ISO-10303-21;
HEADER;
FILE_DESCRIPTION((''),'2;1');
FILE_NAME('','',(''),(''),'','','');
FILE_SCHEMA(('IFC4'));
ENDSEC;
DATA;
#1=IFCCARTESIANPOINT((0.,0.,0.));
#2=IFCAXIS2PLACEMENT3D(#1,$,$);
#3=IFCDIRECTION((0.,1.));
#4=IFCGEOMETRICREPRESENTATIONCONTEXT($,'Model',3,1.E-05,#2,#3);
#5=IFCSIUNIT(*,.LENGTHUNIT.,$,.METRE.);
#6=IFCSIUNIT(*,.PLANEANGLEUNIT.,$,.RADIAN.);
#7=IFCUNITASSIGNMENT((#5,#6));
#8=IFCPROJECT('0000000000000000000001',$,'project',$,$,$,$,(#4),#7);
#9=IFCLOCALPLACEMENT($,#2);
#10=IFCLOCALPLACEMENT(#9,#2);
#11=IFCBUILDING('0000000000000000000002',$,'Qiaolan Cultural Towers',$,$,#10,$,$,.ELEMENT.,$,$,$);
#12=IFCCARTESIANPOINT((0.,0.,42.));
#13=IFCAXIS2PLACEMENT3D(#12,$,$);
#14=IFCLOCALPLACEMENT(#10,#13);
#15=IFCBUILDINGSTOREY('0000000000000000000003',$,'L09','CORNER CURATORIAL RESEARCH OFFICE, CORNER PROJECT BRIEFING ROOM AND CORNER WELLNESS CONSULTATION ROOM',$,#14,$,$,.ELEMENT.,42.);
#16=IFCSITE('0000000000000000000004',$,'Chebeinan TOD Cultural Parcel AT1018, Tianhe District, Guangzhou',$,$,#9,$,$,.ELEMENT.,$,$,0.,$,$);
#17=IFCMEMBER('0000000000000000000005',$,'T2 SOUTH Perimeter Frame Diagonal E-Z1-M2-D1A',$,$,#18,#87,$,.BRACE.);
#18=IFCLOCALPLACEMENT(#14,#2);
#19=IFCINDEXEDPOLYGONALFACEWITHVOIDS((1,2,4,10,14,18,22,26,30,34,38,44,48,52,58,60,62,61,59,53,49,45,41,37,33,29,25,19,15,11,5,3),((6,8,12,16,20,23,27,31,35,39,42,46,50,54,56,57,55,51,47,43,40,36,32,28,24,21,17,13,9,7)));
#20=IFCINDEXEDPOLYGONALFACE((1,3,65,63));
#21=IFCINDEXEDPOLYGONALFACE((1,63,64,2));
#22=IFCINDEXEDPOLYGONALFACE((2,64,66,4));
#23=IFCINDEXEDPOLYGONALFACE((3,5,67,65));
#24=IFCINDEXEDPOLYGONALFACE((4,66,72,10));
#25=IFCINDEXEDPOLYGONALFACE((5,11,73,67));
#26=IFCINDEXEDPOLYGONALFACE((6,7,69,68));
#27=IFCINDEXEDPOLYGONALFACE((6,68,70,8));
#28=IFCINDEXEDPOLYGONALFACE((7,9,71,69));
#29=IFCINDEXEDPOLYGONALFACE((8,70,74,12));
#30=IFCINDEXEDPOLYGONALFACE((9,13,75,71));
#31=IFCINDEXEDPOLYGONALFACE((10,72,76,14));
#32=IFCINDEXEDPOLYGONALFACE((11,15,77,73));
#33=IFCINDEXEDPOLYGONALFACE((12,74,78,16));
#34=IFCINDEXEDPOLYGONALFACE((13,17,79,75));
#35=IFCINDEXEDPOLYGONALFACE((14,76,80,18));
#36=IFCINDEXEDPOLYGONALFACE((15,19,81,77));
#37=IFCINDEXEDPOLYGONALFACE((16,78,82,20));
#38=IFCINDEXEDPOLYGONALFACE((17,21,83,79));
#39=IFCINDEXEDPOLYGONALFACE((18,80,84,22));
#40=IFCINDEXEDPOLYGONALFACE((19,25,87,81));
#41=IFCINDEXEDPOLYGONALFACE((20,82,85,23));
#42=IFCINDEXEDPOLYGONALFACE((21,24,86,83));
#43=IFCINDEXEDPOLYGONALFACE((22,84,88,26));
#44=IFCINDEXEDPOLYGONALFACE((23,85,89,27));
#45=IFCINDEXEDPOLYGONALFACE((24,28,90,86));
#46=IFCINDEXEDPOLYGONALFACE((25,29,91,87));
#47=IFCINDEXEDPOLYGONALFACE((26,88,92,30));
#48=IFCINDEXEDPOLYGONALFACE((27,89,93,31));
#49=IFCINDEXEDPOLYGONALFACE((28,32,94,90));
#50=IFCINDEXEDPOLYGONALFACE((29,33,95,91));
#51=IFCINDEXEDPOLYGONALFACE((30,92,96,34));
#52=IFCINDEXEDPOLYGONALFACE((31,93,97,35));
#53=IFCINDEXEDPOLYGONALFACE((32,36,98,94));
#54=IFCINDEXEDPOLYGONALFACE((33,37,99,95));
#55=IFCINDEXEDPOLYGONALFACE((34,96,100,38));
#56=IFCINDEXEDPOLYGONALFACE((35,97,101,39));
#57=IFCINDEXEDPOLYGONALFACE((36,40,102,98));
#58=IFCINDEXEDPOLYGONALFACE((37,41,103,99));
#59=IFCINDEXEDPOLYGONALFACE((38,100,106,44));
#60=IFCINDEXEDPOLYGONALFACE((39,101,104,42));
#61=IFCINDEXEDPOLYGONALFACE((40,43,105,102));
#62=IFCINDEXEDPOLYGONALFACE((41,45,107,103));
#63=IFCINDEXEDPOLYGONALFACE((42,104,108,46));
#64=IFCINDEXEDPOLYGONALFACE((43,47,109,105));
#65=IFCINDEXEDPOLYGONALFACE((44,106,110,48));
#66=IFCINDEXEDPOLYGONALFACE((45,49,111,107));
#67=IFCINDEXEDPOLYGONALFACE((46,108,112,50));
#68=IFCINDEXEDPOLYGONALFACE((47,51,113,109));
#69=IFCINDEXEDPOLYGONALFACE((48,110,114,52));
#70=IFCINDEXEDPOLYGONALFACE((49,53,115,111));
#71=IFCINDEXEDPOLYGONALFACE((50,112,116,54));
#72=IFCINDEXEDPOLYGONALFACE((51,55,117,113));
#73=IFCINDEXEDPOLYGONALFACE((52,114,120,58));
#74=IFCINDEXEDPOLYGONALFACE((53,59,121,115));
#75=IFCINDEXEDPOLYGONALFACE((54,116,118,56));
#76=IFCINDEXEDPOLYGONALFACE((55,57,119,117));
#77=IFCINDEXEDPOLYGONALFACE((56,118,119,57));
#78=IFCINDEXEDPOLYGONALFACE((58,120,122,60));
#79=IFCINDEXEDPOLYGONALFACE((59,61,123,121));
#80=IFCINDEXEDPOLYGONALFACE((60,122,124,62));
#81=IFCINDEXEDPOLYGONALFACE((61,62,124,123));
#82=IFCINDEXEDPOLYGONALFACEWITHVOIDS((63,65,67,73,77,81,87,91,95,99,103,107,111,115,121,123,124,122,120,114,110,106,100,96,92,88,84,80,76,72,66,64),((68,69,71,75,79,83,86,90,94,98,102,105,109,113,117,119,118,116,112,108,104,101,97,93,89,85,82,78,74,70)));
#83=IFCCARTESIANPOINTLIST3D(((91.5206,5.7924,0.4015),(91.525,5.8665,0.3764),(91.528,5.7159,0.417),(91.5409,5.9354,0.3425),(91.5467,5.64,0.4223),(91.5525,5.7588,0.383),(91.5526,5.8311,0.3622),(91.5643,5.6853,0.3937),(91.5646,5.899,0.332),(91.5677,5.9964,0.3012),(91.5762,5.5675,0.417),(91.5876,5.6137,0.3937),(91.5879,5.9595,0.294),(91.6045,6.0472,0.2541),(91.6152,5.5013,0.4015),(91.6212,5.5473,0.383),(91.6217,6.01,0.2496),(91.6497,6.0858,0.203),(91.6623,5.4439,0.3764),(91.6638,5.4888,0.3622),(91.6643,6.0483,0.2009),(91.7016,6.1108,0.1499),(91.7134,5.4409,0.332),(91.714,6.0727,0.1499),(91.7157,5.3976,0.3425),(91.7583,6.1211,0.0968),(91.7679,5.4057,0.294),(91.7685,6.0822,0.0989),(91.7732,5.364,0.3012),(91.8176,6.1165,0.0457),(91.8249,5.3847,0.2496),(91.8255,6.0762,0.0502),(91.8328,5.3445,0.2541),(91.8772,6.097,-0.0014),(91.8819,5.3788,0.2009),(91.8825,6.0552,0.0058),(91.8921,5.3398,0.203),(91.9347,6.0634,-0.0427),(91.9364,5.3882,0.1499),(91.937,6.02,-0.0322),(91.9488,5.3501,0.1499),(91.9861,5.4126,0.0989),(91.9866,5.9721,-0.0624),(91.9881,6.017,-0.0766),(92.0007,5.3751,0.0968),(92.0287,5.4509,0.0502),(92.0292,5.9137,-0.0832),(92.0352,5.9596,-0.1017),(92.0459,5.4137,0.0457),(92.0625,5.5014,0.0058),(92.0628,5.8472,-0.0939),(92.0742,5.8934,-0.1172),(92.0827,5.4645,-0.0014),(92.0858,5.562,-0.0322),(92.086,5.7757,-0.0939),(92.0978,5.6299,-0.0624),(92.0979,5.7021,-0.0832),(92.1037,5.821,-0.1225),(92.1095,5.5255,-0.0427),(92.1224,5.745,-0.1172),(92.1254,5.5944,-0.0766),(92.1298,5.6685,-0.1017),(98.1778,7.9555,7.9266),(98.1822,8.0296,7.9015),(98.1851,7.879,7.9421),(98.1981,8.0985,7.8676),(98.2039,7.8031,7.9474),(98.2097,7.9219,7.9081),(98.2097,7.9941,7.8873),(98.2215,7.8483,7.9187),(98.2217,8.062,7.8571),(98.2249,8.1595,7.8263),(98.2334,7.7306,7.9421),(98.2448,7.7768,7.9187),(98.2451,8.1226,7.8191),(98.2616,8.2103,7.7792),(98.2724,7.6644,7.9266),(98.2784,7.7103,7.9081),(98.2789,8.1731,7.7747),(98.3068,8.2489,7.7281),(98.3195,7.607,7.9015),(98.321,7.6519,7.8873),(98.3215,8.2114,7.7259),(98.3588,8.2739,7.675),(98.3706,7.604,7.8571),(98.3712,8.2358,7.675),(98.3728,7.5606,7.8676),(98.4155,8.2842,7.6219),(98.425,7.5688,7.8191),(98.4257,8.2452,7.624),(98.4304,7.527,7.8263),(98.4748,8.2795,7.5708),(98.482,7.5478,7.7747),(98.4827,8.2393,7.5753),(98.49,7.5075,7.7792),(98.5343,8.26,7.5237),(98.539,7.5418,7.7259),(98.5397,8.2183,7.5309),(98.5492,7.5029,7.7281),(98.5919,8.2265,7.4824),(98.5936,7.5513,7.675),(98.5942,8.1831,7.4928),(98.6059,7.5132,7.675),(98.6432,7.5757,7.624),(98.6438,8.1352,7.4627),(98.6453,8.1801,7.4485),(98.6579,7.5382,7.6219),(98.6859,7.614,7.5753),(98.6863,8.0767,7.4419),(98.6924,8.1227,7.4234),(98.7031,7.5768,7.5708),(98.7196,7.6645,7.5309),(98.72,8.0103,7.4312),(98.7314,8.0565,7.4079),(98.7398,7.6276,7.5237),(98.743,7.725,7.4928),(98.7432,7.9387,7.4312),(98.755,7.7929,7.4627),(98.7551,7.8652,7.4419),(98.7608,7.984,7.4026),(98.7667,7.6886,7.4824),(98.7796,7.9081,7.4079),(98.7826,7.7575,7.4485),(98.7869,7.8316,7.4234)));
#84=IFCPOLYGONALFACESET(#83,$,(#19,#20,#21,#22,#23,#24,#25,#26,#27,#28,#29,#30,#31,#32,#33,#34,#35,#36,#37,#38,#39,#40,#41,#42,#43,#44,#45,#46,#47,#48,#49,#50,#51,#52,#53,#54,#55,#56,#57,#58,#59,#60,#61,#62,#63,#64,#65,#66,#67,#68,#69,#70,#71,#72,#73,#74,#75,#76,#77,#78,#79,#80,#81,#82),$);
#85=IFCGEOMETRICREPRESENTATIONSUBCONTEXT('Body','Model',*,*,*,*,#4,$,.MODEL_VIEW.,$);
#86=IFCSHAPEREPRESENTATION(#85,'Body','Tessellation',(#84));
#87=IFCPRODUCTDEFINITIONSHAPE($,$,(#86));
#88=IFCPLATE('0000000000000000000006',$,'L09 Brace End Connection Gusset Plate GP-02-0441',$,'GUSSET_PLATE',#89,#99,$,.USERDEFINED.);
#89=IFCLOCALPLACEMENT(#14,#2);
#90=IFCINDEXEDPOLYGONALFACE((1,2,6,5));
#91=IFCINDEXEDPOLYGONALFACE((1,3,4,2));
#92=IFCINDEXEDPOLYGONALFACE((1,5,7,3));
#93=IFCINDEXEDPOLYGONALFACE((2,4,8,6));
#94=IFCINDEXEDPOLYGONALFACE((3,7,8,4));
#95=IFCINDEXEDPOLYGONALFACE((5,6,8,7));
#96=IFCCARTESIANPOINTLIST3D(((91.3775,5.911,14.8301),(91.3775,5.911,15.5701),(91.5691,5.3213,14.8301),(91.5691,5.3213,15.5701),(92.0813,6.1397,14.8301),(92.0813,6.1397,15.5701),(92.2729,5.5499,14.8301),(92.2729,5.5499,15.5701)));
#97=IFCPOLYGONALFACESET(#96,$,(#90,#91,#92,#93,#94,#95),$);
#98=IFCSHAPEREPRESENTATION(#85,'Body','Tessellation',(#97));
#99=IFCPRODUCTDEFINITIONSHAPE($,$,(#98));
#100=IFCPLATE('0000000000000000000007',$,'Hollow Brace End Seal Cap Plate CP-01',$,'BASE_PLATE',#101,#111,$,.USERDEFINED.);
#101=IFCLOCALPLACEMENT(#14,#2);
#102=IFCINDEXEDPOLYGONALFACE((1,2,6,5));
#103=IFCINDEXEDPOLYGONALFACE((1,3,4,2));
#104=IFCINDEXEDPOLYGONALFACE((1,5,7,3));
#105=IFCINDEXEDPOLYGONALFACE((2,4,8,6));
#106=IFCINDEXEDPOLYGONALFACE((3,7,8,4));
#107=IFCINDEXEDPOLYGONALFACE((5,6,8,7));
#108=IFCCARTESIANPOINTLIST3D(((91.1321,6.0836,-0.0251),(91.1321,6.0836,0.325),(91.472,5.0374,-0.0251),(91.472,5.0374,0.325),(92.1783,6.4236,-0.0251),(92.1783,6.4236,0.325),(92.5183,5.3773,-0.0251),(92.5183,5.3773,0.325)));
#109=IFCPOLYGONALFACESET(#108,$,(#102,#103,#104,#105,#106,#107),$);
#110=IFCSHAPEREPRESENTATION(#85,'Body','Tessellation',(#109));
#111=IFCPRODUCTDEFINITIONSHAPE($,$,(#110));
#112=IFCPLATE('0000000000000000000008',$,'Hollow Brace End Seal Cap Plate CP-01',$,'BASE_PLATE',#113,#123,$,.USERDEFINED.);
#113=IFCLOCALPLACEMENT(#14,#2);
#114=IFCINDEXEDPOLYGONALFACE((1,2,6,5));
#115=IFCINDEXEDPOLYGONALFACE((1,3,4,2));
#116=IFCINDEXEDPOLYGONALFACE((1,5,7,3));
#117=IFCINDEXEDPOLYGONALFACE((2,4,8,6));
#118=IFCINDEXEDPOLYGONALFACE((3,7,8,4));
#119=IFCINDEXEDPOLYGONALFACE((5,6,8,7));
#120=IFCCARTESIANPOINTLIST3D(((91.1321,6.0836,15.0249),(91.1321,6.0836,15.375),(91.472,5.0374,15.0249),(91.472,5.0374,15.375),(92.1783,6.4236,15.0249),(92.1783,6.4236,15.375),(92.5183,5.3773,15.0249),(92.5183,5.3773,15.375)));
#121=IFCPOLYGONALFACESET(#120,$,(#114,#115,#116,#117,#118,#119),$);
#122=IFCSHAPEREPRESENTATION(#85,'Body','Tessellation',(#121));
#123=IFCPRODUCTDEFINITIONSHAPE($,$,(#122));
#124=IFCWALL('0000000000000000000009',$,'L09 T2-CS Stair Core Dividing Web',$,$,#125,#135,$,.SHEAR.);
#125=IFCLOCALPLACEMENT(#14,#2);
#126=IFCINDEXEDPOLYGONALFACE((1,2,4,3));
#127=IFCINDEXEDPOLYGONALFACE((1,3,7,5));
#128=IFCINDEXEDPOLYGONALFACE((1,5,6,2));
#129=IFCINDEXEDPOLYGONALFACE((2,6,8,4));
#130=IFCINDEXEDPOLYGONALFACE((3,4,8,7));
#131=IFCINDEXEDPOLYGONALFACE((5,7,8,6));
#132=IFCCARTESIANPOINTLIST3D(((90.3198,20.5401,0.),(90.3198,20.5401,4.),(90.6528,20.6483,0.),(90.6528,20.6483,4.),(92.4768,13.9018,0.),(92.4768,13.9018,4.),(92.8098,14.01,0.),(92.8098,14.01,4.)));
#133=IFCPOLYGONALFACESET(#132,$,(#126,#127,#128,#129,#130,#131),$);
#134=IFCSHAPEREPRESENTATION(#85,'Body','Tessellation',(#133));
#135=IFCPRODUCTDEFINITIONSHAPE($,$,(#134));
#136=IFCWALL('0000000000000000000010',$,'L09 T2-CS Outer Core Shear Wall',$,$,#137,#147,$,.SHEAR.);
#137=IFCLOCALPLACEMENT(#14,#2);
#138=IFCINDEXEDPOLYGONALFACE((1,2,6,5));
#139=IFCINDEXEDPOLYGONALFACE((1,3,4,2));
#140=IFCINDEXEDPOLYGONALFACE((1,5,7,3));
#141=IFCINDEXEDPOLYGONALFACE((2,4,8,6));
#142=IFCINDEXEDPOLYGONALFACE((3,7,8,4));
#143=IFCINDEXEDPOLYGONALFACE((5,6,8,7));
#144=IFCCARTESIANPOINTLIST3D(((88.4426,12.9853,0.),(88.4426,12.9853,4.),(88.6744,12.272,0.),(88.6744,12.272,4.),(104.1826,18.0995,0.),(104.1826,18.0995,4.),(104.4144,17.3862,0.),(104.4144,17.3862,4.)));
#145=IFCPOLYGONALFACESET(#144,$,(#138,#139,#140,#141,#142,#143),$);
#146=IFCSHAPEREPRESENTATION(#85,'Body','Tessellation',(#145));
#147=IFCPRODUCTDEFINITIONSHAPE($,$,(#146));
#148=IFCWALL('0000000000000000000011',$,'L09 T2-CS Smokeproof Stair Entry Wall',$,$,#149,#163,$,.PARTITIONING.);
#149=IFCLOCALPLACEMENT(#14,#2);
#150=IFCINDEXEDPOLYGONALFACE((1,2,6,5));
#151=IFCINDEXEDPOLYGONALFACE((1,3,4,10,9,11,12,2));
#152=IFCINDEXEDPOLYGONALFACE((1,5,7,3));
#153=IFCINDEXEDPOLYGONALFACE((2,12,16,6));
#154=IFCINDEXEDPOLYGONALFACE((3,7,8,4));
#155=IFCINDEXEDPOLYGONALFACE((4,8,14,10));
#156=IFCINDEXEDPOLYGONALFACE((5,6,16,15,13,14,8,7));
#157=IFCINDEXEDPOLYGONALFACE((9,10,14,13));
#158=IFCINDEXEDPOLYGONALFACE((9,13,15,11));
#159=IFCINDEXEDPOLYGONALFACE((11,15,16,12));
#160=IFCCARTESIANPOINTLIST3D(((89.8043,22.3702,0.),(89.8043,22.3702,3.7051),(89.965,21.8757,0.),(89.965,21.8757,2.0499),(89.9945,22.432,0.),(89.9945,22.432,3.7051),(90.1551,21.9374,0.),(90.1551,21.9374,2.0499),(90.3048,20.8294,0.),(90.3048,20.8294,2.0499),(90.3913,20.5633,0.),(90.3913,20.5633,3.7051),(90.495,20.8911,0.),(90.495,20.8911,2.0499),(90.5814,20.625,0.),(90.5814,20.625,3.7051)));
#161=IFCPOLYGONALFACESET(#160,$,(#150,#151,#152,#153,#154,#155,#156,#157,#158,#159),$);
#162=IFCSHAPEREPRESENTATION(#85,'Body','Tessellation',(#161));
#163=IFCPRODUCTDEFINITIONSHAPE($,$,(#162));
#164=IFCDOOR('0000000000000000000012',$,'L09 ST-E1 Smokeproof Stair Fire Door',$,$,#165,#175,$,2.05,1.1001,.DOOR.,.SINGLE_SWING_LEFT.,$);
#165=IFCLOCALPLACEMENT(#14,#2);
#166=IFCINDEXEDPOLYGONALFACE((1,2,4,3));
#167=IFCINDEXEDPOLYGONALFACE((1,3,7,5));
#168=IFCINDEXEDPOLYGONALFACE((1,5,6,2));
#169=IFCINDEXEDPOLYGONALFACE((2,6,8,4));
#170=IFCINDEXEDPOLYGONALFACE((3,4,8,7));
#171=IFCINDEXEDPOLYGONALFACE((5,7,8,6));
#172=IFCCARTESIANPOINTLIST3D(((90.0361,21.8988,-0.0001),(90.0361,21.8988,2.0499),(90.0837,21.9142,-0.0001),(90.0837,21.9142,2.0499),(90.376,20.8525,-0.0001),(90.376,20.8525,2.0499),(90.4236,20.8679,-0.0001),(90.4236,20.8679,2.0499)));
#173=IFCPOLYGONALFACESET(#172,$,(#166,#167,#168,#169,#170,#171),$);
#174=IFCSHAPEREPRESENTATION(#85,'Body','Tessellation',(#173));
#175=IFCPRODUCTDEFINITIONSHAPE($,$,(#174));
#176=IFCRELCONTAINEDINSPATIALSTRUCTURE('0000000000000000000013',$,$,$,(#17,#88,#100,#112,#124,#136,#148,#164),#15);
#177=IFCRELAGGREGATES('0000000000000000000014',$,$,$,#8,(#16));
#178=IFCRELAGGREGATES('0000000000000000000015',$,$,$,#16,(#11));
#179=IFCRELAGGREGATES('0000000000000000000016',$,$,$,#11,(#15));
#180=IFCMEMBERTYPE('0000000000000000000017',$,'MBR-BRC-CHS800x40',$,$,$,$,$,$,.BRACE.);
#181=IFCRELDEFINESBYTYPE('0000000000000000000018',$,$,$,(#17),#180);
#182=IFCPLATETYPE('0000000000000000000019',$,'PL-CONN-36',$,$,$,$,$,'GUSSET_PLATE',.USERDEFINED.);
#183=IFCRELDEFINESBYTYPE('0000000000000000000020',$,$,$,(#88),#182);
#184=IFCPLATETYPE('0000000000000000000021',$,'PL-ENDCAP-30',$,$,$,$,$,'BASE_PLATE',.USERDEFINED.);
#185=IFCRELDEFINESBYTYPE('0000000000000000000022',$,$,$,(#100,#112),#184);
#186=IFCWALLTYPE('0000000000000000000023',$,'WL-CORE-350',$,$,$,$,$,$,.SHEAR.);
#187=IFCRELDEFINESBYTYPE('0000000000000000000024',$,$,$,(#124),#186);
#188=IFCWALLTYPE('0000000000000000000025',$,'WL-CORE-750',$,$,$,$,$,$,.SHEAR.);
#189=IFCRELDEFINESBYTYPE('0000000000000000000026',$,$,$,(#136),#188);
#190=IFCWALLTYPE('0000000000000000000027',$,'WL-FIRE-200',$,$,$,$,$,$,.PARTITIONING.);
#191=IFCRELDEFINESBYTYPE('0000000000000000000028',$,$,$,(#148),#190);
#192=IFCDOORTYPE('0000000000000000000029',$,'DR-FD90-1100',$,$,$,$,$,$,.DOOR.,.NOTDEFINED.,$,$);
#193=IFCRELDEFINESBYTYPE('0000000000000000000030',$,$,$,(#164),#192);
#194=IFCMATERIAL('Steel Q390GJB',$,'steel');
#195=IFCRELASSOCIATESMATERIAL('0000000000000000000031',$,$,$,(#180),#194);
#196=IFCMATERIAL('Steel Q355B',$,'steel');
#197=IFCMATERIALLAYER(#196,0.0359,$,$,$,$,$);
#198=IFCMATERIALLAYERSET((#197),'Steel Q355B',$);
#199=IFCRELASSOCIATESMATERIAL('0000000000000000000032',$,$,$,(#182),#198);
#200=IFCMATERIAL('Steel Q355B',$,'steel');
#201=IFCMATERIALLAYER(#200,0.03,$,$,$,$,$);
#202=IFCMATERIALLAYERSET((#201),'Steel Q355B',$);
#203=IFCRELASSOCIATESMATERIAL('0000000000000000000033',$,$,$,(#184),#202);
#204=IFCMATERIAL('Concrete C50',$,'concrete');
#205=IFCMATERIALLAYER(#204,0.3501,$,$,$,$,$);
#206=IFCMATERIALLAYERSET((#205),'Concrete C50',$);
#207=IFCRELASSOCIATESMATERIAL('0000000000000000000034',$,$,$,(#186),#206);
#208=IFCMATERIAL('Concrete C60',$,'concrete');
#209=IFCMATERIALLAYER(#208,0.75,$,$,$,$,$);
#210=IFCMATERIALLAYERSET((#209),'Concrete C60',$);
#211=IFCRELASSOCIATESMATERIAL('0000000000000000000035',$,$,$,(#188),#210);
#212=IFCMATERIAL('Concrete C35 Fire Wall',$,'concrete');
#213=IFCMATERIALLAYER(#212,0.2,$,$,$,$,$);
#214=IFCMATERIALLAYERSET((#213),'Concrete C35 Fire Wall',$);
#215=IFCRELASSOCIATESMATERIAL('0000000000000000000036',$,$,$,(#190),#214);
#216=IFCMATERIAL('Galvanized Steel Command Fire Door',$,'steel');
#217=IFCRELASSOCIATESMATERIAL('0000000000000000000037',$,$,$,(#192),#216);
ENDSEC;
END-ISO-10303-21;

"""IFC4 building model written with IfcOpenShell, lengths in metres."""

from ifc_helpers import new_model, si_unit, direction, frame, frame_2d, origin, origin_2d, place, context, subcontext, project, spatial, rectangle, hollow_circle, extrude, material, layer, layer_set, material_profile, profile_set, type_object, element, fill, save


model = new_model("IFC4")

# Units and contexts
model_context = context("Model", 3, precision=1e-05, world=origin(), true_north=direction((0.0, 1.0)))
body_context = subcontext(model_context, "Body", "Model", "MODEL_VIEW")
ifc_project = project(units=[si_unit("LENGTHUNIT", "METRE"), si_unit("PLANEANGLEUNIT", "RADIAN")], contexts=[model_context])

# Site, building, storey
site_placement = place(None, origin())
site = spatial("IfcSite", under=ifc_project, at=site_placement, Name="Chebeinan TOD Cultural Parcel AT1018, Tianhe District, Guangzhou", CompositionType="ELEMENT", RefElevation=0.0)
building_placement = place(site_placement, origin())
building = spatial("IfcBuilding", under=site, at=building_placement, Name="Qiaolan Cultural Towers", CompositionType="ELEMENT")
storey_placement = place(building_placement, frame((0.0, 0.0, 42.0)))
storey = spatial("IfcBuildingStorey", under=building, at=storey_placement, Name="L09", Description="CORNER CURATORIAL RESEARCH OFFICE, CORNER PROJECT BRIEFING ROOM AND CORNER WELLNESS CONSULTATION ROOM", CompositionType="ELEMENT", Elevation=42.0)

# Member
ifc_material_1 = material(Name="Steel Q390GJB", Category="steel")
ifc_material_profile_1 = material_profile(ifc_material_1, hollow_circle(Radius=0.3999, WallThickness=0.04, at=origin_2d()), Name="CHS800x40")
ifc_profile_set_1 = profile_set([ifc_material_profile_1], Name="Steel Q390GJB")
member_type = type_object("IfcMemberType", Name="MBR-BRC-CHS800x40", PredefinedType="BRACE", material=ifc_profile_set_1)
member_placement = place(storey_placement, frame((91.8252, 5.7305, 0.1499), z_axis=(0.647752, 0.21047, 0.732202), x_axis=(-0.30902, 0.951056, 0.0)))
element("IfcMember", 1, at=member_placement, inside=storey, type_object=member_type, Name="T2 SOUTH Perimeter Frame Diagonal E-Z1-M2-D1A", PredefinedType="BRACE", context=body_context, shape_type="SweptSolid", body=[
    extrude(hollow_circle(Radius=0.3999, WallThickness=0.04, at=origin_2d()), origin(), (0.0, 0.0, 1.0), 10.2773),
])

# Plates
ifc_material_2 = material(Name="Steel Q355B", Category="steel")
ifc_layer_1 = layer(ifc_material_2, 0.0359)
ifc_layer_set_1 = layer_set([ifc_layer_1], Name="Steel Q355B")
plate_type_1 = type_object("IfcPlateType", Name="PL-CONN-36", ElementType="GUSSET_PLATE", PredefinedType="USERDEFINED", material=ifc_layer_set_1)
plate_placement = place(storey_placement, frame((91.8252, 5.7305, 14.8301), z_axis=(0.0, 0.0, 1.0), x_axis=(0.951057, 0.309017, 0.0)))
element("IfcPlate", 2, at=plate_placement, inside=storey, type_object=plate_type_1, Name="L09 Brace End Connection Gusset Plate GP-02-0441", ObjectType="GUSSET_PLATE", PredefinedType="USERDEFINED", context=body_context, shape_type="SweptSolid", body=[
    extrude(rectangle(XDim=0.74, YDim=0.6201, at=origin_2d()), origin(), (0.0, 0.0, 1.0), 0.74),
])
ifc_material_3 = material(Name="Steel Q355B", Category="steel")
ifc_layer_2 = layer(ifc_material_3, 0.03)
ifc_layer_set_2 = layer_set([ifc_layer_2], Name="Steel Q355B")
plate_type_2 = type_object("IfcPlateType", Name="PL-ENDCAP-30", ElementType="BASE_PLATE", PredefinedType="USERDEFINED", material=ifc_layer_set_2)
for number, where, z_axis, x_axis, name in (
    (3, (91.8252, 5.7305, -0.0251), (0.0, 0.0, 1.0), (0.951057, 0.309017, 0.0), "Hollow Brace End Seal Cap Plate CP-01"),
    (4, (91.8252, 5.7305, 15.0249), (0.0, 0.0, 1.0), (0.951057, 0.309017, 0.0), "Hollow Brace End Seal Cap Plate CP-01"),
):
    element("IfcPlate", number, at=place(storey_placement, frame(where, z_axis=z_axis, x_axis=x_axis)), inside=storey, type_object=plate_type_2, Name=name, ObjectType="BASE_PLATE", PredefinedType="USERDEFINED", context=body_context, shape_type="SweptSolid", body=[
        extrude(rectangle(XDim=1.1001, YDim=1.1001, at=origin_2d()), origin(), (0.0, 0.0, 1.0), 0.3501),
    ])

# Walls
ifc_material_4 = material(Name="Concrete C50", Category="concrete")
ifc_layer_3 = layer(ifc_material_4, 0.3501)
ifc_layer_set_3 = layer_set([ifc_layer_3], Name="Concrete C50")
wall_type_1 = type_object("IfcWallType", Name="WL-CORE-350", PredefinedType="SHEAR", material=ifc_layer_set_3)
wall_1_placement = place(storey_placement, frame((90.4863, 20.5942, 0.0), z_axis=(0.0, 0.0, 1.0), x_axis=(0.30902, -0.951055, 0.0)))
element("IfcWall", 5, at=wall_1_placement, inside=storey, type_object=wall_type_1, Name="L09 T2-CS Stair Core Dividing Web", PredefinedType="SHEAR", context=body_context, shape_type="SweptSolid", body=[
    extrude(rectangle(XDim=6.98, YDim=0.3501, at=frame_2d((3.49, 0.0))), origin(), (0.0, 0.0, 1.0), 4.0),
])
ifc_material_5 = material(Name="Concrete C60", Category="concrete")
ifc_layer_4 = layer(ifc_material_5, 0.75)
ifc_layer_set_4 = layer_set([ifc_layer_4], Name="Concrete C60")
wall_type_2 = type_object("IfcWallType", Name="WL-CORE-750", PredefinedType="SHEAR", material=ifc_layer_set_4)
wall_2_placement = place(storey_placement, frame((88.5586, 12.6287, 0.0), z_axis=(0.0, 0.0, 1.0), x_axis=(0.951056, 0.309018, 0.0)))
element("IfcWall", 6, at=wall_2_placement, inside=storey, type_object=wall_type_2, Name="L09 T2-CS Outer Core Shear Wall", PredefinedType="SHEAR", context=body_context, shape_type="SweptSolid", body=[
    extrude(rectangle(XDim=16.55, YDim=0.75, at=frame_2d((8.2749, 0.0))), origin(), (0.0, 0.0, 1.0), 4.0),
])

# Wall, opening, door
ifc_material_6 = material(Name="Concrete C35 Fire Wall", Category="concrete")
ifc_layer_5 = layer(ifc_material_6, 0.2)
ifc_layer_set_5 = layer_set([ifc_layer_5], Name="Concrete C35 Fire Wall")
wall_type_3 = type_object("IfcWallType", Name="WL-FIRE-200", PredefinedType="PARTITIONING", material=ifc_layer_set_5)
wall_3_placement = place(storey_placement, frame((89.8994, 22.4011, 0.0), z_axis=(0.0, 0.0, 1.0), x_axis=(0.308932, -0.951084, 0.0)))
wall_3 = element("IfcWall", 7, at=wall_3_placement, inside=storey, type_object=wall_type_3, Name="L09 T2-CS Smokeproof Stair Entry Wall", PredefinedType="PARTITIONING", context=body_context, shape_type="SweptSolid", body=[
    extrude(rectangle(XDim=1.8999, YDim=0.2, at=frame_2d((0.95, 0.0))), origin(), (0.0, 0.0, 1.0), 3.7051),
])
opening_1_placement = place(wall_3_placement, frame((0.52, 0.0, 0.0)))
opening_1 = element("IfcOpeningElement", 8, at=opening_1_placement, cuts=wall_3, PredefinedType="OPENING", context=body_context, shape_type="SweptSolid", body=[
    extrude(rectangle(XDim=1.1001, YDim=2.05, at=frame_2d((0.55, 1.0249))), frame((0.0, 0.1099, 0.0), z_axis=(0.0, -1.0, 0.0), x_axis=(1.0, 0.0, 0.0)), (0.0, 0.0, 1.0), 0.22),
])
ifc_material_7 = material(Name="Galvanized Steel Command Fire Door", Category="steel")
door_type_1 = type_object("IfcDoorType", Name="DR-FD90-1100", OperationType="NOTDEFINED", PredefinedType="DOOR", material=ifc_material_7)
door_1_placement = place(opening_1_placement, origin())
door_1 = element("IfcDoor", 9, at=door_1_placement, inside=storey, type_object=door_type_1, Name="L09 ST-E1 Smokeproof Stair Fire Door", OperationType="SINGLE_SWING_LEFT", OverallHeight=2.05, OverallWidth=1.1001, PredefinedType="DOOR", context=body_context, shape_type="SweptSolid", body=[
    extrude(rectangle(XDim=1.1001, YDim=2.05, at=frame_2d((0.55, 1.0249))), frame((0.0, 0.0249, 0.0), z_axis=(0.0, -1.0, 0.0), x_axis=(1.0, 0.0, 0.0)), (0.0, 0.0, 1.0), 0.05),
])
fill(opening_1, door_1)

save(model, "model.ifc")
